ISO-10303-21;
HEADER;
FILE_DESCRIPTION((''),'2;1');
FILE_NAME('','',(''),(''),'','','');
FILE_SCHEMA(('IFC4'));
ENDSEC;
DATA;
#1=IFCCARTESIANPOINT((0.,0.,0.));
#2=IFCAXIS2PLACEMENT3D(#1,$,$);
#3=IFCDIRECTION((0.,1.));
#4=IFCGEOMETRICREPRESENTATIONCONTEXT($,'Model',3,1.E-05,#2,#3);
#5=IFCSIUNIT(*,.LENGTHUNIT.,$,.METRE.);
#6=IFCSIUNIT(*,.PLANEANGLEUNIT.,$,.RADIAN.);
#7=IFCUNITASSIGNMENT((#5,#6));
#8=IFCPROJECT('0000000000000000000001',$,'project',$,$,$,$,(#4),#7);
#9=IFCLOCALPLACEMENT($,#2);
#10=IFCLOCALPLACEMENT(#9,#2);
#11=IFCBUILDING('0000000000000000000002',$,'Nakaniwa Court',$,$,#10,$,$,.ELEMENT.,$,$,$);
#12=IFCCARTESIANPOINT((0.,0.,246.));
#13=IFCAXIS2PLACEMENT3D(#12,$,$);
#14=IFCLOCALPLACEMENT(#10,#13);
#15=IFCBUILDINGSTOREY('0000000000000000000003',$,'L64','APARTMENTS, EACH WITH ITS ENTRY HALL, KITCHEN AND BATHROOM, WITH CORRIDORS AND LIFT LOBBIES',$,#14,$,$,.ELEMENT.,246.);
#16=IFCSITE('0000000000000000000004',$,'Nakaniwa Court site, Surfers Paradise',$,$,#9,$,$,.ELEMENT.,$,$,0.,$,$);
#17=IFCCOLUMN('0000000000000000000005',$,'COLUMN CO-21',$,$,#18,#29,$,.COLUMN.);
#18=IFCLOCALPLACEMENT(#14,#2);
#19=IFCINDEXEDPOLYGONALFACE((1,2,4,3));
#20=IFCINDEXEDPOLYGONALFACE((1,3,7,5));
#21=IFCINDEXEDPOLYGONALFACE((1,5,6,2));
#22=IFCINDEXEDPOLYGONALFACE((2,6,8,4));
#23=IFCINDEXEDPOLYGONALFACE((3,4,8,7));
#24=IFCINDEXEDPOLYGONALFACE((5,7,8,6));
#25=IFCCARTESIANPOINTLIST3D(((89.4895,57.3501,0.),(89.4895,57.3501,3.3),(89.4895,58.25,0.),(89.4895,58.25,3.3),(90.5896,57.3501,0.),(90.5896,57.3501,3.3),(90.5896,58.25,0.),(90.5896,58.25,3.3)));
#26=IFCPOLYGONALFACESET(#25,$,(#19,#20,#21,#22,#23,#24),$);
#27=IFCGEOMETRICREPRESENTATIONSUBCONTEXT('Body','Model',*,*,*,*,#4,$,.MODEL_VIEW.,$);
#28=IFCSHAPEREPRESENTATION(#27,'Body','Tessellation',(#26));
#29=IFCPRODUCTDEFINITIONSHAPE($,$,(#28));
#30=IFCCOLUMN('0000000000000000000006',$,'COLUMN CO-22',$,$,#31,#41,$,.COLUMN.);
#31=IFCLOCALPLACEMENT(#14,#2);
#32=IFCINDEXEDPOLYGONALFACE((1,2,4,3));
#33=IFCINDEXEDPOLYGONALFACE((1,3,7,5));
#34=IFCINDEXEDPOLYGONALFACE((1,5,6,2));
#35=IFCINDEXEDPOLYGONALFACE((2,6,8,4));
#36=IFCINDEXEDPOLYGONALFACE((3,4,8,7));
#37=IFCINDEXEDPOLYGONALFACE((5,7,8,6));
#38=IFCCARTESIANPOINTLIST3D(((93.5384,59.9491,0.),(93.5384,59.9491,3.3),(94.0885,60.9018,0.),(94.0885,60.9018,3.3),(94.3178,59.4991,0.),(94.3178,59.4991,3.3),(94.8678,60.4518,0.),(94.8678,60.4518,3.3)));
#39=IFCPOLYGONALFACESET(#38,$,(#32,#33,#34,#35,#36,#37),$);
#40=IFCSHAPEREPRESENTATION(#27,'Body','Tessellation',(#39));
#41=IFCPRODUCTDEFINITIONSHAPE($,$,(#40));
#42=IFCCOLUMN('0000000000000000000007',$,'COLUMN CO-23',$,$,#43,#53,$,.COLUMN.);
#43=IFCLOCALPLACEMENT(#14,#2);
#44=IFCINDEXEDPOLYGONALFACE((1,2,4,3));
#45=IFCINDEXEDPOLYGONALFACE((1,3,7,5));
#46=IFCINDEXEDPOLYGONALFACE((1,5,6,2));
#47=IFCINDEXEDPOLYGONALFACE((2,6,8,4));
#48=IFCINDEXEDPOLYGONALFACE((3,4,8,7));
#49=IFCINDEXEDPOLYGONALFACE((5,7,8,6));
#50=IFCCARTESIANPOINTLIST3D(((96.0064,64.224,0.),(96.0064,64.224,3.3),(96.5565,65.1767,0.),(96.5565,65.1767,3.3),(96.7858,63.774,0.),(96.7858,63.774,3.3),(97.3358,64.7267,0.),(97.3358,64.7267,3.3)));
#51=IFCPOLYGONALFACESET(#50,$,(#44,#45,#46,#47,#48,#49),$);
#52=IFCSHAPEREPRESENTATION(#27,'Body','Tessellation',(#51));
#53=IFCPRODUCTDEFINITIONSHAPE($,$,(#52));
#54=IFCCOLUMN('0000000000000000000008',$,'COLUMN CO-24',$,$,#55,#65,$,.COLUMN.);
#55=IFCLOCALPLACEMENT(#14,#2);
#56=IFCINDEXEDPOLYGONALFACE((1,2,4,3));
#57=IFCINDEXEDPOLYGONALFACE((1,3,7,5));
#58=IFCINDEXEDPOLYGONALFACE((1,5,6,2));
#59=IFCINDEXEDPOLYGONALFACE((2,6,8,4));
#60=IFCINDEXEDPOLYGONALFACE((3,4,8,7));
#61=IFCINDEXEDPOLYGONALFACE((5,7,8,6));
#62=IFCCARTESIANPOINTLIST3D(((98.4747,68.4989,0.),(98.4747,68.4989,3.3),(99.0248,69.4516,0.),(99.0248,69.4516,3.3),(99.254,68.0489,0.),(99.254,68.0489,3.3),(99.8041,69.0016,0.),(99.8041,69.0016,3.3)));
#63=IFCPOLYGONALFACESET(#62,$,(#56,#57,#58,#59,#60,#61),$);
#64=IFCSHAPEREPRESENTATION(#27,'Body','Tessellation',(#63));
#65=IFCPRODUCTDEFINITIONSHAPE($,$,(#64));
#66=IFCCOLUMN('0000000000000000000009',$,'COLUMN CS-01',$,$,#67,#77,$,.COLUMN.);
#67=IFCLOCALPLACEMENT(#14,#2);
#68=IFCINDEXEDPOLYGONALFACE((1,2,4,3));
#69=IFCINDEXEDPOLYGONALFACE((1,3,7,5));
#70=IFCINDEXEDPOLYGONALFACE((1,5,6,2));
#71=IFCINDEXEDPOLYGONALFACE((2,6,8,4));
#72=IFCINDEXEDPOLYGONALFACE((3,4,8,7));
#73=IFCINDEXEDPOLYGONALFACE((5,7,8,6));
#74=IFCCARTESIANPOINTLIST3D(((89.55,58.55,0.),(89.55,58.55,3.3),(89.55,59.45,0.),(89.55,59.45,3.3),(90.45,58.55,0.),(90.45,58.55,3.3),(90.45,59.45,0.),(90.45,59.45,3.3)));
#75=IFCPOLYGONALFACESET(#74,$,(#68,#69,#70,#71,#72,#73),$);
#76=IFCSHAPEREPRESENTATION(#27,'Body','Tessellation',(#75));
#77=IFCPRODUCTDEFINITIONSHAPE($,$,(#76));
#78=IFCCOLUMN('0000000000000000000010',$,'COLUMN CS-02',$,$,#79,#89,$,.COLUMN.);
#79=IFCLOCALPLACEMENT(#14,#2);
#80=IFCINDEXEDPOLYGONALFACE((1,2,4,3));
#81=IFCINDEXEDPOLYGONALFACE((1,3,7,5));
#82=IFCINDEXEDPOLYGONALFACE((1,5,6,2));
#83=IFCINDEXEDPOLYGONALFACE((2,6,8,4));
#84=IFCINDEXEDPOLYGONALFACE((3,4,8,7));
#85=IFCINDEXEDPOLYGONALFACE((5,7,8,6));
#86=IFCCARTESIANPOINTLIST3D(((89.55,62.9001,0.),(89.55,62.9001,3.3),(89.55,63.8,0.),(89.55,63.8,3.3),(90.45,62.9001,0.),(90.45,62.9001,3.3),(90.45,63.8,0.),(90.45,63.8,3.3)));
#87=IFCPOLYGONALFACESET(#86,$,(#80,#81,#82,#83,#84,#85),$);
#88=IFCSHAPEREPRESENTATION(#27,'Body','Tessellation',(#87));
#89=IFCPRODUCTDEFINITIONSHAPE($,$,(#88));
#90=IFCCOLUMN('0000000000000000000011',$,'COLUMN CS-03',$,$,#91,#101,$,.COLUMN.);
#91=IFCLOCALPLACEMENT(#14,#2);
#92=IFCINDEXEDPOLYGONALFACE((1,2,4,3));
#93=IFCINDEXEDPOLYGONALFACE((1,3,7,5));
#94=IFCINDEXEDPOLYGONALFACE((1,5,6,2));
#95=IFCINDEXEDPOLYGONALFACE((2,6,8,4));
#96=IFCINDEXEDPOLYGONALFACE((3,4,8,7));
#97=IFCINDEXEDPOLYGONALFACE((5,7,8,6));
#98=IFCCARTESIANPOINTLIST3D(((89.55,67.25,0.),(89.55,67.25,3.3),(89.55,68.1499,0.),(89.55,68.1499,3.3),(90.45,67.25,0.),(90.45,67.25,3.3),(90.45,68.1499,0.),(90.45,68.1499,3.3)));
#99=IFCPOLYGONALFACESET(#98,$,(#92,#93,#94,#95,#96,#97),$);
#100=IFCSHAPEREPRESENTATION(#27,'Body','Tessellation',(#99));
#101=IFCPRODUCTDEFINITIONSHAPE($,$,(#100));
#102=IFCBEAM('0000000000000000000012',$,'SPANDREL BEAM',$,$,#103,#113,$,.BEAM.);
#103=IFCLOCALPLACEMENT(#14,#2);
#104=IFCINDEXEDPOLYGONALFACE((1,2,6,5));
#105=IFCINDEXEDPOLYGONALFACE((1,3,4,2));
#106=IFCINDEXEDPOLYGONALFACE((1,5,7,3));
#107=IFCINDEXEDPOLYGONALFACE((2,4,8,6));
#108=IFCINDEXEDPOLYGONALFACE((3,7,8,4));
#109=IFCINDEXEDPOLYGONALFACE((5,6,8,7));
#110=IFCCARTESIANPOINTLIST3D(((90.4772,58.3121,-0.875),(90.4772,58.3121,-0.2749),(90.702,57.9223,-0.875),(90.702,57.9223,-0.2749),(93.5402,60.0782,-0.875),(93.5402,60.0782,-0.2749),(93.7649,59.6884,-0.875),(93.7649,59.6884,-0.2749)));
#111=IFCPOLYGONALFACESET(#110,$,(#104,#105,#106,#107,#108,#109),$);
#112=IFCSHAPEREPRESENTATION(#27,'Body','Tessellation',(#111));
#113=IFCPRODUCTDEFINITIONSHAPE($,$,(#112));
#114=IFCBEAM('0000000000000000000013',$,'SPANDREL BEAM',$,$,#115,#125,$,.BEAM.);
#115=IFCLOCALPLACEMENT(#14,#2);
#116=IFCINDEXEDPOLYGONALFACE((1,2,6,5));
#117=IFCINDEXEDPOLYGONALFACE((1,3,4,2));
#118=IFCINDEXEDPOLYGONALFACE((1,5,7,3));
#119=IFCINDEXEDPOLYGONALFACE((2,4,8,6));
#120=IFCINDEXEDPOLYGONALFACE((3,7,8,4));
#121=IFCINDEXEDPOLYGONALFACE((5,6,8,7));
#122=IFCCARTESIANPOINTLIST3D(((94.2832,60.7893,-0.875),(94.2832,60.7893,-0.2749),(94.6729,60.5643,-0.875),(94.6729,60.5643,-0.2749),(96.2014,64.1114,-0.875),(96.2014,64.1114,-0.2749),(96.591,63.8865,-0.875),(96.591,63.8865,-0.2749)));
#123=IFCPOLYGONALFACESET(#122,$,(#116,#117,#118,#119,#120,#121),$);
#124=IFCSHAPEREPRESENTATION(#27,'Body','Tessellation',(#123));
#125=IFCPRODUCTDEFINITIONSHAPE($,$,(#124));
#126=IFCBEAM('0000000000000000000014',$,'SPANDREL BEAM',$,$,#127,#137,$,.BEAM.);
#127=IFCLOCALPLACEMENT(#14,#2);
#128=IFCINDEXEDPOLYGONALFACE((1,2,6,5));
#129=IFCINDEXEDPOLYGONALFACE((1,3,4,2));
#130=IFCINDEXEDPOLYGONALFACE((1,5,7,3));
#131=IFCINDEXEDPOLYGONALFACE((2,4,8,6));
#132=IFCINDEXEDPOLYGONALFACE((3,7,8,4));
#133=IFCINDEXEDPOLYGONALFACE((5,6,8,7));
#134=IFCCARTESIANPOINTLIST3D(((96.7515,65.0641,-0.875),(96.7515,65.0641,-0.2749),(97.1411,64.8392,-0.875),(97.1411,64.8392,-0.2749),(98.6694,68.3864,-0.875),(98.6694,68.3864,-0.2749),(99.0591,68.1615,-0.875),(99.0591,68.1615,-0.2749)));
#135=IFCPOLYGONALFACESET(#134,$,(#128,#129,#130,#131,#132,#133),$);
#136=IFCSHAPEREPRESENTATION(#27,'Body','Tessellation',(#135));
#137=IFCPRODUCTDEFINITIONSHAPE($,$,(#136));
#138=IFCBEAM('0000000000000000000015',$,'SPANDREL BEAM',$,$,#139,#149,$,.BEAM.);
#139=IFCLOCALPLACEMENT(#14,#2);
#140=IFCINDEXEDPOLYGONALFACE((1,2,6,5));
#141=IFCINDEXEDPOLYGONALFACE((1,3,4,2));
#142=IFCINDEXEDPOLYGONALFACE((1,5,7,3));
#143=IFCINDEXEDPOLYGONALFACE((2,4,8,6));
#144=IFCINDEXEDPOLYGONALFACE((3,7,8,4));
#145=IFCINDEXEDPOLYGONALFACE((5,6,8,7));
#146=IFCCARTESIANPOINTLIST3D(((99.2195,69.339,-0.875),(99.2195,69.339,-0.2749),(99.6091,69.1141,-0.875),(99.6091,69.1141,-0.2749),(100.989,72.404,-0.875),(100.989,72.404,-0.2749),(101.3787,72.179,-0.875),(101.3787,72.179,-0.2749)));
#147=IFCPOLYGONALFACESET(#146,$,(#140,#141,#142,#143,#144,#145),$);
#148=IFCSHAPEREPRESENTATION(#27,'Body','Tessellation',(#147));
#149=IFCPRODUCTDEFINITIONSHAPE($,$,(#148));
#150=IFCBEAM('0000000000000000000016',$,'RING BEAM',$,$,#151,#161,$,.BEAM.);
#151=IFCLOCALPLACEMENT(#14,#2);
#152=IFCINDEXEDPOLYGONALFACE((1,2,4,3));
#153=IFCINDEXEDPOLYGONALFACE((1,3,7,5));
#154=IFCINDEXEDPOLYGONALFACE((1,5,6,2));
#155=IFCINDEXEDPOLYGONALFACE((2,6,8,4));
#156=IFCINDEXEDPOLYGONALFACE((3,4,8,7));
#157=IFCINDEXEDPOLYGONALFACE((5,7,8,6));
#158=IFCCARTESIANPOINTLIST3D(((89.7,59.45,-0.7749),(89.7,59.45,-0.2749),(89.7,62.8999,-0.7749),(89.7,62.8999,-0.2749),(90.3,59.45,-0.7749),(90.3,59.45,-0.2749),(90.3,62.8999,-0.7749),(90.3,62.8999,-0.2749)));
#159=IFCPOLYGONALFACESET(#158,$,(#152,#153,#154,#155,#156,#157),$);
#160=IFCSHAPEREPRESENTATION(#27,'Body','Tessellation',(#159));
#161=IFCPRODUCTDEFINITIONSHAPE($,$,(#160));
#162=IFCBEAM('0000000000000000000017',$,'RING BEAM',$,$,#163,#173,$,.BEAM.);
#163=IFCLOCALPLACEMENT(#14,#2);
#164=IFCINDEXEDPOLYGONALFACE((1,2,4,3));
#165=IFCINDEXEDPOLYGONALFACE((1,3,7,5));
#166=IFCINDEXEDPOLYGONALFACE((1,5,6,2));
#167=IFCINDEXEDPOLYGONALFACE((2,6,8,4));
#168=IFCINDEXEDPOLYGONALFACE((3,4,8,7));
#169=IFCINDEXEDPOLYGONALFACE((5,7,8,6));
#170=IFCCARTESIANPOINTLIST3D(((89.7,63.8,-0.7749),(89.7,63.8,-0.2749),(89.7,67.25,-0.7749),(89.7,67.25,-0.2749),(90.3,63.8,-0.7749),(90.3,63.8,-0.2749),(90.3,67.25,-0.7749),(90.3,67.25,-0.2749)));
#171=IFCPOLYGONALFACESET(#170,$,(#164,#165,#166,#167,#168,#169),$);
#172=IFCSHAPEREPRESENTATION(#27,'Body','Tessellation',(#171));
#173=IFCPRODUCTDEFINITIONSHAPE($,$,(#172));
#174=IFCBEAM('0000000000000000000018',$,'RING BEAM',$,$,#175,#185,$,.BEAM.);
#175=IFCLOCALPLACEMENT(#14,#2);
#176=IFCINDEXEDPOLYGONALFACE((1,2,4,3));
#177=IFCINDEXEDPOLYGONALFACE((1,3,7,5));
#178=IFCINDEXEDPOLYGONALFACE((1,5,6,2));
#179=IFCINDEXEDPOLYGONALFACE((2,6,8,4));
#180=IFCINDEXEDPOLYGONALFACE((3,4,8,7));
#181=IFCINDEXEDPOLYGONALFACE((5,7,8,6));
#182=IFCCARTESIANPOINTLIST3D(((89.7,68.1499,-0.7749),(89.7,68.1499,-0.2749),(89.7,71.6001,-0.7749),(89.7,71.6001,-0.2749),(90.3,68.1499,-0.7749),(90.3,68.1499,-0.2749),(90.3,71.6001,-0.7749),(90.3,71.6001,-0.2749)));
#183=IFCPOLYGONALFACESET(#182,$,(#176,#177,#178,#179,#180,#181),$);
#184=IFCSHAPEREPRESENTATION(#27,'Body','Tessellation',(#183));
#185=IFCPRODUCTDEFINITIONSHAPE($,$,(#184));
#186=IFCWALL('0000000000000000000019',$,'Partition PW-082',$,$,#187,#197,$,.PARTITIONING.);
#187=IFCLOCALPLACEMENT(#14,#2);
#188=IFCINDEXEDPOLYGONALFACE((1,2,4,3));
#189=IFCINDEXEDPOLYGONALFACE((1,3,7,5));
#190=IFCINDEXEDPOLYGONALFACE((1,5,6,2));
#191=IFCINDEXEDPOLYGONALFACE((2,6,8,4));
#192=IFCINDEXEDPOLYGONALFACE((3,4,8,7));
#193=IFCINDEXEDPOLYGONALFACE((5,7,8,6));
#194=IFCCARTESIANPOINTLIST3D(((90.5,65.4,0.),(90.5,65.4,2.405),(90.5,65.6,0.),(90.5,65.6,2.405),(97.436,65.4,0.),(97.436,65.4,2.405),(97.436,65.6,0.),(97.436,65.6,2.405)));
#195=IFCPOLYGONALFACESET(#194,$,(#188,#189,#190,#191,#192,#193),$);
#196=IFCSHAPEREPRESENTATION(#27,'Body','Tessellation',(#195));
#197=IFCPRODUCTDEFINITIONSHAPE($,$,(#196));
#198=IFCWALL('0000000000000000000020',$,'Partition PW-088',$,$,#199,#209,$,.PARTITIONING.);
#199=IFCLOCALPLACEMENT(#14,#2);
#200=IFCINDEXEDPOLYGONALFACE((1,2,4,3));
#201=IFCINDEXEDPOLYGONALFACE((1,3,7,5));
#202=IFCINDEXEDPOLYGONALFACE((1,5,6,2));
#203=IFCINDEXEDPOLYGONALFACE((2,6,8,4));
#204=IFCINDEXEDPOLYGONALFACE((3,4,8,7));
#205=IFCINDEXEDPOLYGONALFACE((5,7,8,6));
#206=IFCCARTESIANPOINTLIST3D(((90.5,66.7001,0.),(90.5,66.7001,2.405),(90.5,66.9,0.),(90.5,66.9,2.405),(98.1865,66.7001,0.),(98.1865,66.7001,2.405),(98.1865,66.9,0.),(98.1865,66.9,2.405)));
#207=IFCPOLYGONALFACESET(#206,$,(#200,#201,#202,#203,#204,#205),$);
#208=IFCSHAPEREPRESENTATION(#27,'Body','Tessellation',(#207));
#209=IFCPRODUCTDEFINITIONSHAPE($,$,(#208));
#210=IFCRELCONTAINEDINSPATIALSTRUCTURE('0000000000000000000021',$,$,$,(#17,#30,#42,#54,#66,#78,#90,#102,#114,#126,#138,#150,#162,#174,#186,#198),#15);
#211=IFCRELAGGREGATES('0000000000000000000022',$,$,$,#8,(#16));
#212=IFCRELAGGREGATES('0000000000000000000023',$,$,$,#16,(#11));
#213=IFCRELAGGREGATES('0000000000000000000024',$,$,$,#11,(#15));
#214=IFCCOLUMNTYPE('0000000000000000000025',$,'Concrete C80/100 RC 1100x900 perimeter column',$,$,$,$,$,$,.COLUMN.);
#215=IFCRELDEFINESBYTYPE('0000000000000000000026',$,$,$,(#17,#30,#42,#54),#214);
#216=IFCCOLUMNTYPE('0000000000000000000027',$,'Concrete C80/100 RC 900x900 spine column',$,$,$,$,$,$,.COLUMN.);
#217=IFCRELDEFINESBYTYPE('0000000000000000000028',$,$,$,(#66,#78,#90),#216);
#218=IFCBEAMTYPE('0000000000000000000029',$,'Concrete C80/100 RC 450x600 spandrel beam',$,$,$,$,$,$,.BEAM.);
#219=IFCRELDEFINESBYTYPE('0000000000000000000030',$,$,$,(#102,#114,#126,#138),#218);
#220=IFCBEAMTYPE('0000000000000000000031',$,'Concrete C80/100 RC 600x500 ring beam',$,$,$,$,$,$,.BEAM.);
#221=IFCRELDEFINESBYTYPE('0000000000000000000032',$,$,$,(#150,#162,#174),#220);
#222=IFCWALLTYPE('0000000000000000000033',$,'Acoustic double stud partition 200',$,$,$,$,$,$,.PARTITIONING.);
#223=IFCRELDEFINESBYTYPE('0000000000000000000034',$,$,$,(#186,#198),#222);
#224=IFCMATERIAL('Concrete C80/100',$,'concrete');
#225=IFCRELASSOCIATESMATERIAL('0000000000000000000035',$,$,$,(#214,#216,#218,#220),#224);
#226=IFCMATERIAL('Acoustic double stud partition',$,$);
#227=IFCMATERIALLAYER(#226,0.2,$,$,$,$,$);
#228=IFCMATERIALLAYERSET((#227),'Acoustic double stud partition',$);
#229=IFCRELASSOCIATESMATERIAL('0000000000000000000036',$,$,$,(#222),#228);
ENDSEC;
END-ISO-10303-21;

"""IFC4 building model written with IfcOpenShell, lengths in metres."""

from ifc_helpers import new_model, si_unit, direction, frame, frame_2d, origin, origin_2d, place, context, subcontext, project, spatial, rectangle, extrude, material, layer, layer_set, material_profile, profile_set, type_object, element, save


model = new_model("IFC4")

# Units and contexts
model_context = context("Model", 3, precision=1e-05, world=origin(), true_north=direction((0.0, 1.0)))
body_context = subcontext(model_context, "Body", "Model", "MODEL_VIEW")
ifc_project = project(units=[si_unit("LENGTHUNIT", "METRE"), si_unit("PLANEANGLEUNIT", "RADIAN")], contexts=[model_context])

# Site, building, storey
site_placement = place(None, origin())
site = spatial("IfcSite", under=ifc_project, at=site_placement, Name="Nakaniwa Court site, Surfers Paradise", CompositionType="ELEMENT", RefElevation=0.0)
building_placement = place(site_placement, origin())
building = spatial("IfcBuilding", under=site, at=building_placement, Name="Nakaniwa Court", CompositionType="ELEMENT")
storey_placement = place(building_placement, frame((0.0, 0.0, 246.0)))
storey = spatial("IfcBuildingStorey", under=building, at=storey_placement, Name="L64", Description="APARTMENTS, EACH WITH ITS ENTRY HALL, KITCHEN AND BATHROOM, WITH CORRIDORS AND LIFT LOBBIES", CompositionType="ELEMENT", Elevation=246.0)

# Columns
ifc_material_1 = material(Name="Concrete C80/100", Category="concrete")
ifc_material_profile_1 = material_profile(ifc_material_1, rectangle(XDim=1.1001, YDim=0.8999, at=origin_2d()), Name="Concrete C80/100 RC 1100x900 perimeter column")
ifc_profile_set_1 = profile_set([ifc_material_profile_1], Name="Concrete C80/100")
column_type_1 = type_object("IfcColumnType", Name="Concrete C80/100 RC 1100x900 perimeter column", PredefinedType="COLUMN", material=ifc_profile_set_1)
for number, where, z_axis, x_axis, name in (
    (1, (90.0396, 57.8, 0.0), (0.0, 0.0, 1.0), (1.0, 0.0, 0.0), "COLUMN CO-21"),
    (2, (94.2031, 60.2004, 0.0), (0.0, 0.0, 1.0), (0.5, 0.866025, 0.0), "COLUMN CO-22"),
    (3, (96.6711, 64.4753, 0.0), (0.0, 0.0, 1.0), (0.5, 0.866025, 0.0), "COLUMN CO-23"),
    (4, (99.1394, 68.7502, 0.0), (0.0, 0.0, 1.0), (0.5, 0.866025, 0.0), "COLUMN CO-24"),
):
    element("IfcColumn", number, at=place(storey_placement, frame(where, z_axis=z_axis, x_axis=x_axis)), inside=storey, type_object=column_type_1, Name=name, PredefinedType="COLUMN", context=body_context, shape_type="SweptSolid", body=[
        extrude(rectangle(XDim=1.1001, YDim=0.8999, at=origin_2d()), origin(), (0.0, 0.0, 1.0), 3.3),
    ])
ifc_material_profile_2 = material_profile(ifc_material_1, rectangle(XDim=0.8999, YDim=0.8999, at=origin_2d()), Name="Concrete C80/100 RC 900x900 spine column")
ifc_profile_set_2 = profile_set([ifc_material_profile_2], Name="Concrete C80/100")
column_type_2 = type_object("IfcColumnType", Name="Concrete C80/100 RC 900x900 spine column", PredefinedType="COLUMN", material=ifc_profile_set_2)
for number, where, z_axis, x_axis, name in (
    (5, (90.0, 59.0, 0.0), (0.0, 0.0, 1.0), (0.0, 1.0, 0.0), "COLUMN CS-01"),
    (6, (90.0, 63.3501, 0.0), (0.0, 0.0, 1.0), (0.0, 1.0, 0.0), "COLUMN CS-02"),
    (7, (90.0, 67.7, 0.0), (0.0, 0.0, 1.0), (0.0, 1.0, 0.0), "COLUMN CS-03"),
):
    element("IfcColumn", number, at=place(storey_placement, frame(where, z_axis=z_axis, x_axis=x_axis)), inside=storey, type_object=column_type_2, Name=name, PredefinedType="COLUMN", context=body_context, shape_type="SweptSolid", body=[
        extrude(rectangle(XDim=0.8999, YDim=0.8999, at=origin_2d()), origin(), (0.0, 0.0, 1.0), 3.3),
    ])

# Beams
ifc_material_profile_3 = material_profile(ifc_material_1, rectangle(XDim=0.45, YDim=0.6001, at=origin_2d()), Name="Concrete C80/100 RC 450x600 spandrel beam")
ifc_profile_set_3 = profile_set([ifc_material_profile_3], Name="Concrete C80/100")
beam_type_1 = type_object("IfcBeamType", Name="Concrete C80/100 RC 450x600 spandrel beam", PredefinedType="BEAM", material=ifc_profile_set_3)
beam_1_placement = place(storey_placement, frame((90.5896, 58.1172, -0.575), z_axis=(0.866307, 0.499511, 0.0), x_axis=(-0.499511, 0.866307, 0.0)))
element("IfcBeam", 8, at=beam_1_placement, inside=storey, type_object=beam_type_1, Name="SPANDREL BEAM", PredefinedType="BEAM", context=body_context, shape_type="SweptSolid", body=[
    extrude(rectangle(XDim=0.45, YDim=0.6001, at=origin_2d()), origin(), (0.0, 0.0, 1.0), 3.5356),
])
for number, where, z_axis, x_axis, name in (
    (9, (94.478, 60.6768, -0.575), (0.50002, 0.866014, 0.0), (-0.866014, 0.50002, 0.0), "SPANDREL BEAM"),
    (10, (96.9463, 64.9517, -0.575), (0.499972, 0.866041, 0.0), (-0.866041, 0.499972, 0.0), "SPANDREL BEAM"),
):
    element("IfcBeam", number, at=place(storey_placement, frame(where, z_axis=z_axis, x_axis=x_axis)), inside=storey, type_object=beam_type_1, Name=name, PredefinedType="BEAM", context=body_context, shape_type="SweptSolid", body=[
        extrude(rectangle(XDim=0.45, YDim=0.6001, at=origin_2d()), origin(), (0.0, 0.0, 1.0), 3.8362),
    ])
beam_2_placement = place(storey_placement, frame((99.4143, 69.2266, -0.575), z_axis=(0.499997, 0.866027, 0.0), x_axis=(-0.866027, 0.499997, 0.0)))
element("IfcBeam", 11, at=beam_2_placement, inside=storey, type_object=beam_type_1, Name="SPANDREL BEAM", PredefinedType="BEAM", context=body_context, shape_type="SweptSolid", body=[
    extrude(rectangle(XDim=0.45, YDim=0.6001, at=origin_2d()), origin(), (0.0, 0.0, 1.0), 3.5391),
])
ifc_material_profile_4 = material_profile(ifc_material_1, rectangle(XDim=0.6001, YDim=0.5, at=origin_2d()), Name="Concrete C80/100 RC 600x500 ring beam")
ifc_profile_set_4 = profile_set([ifc_material_profile_4], Name="Concrete C80/100")
beam_type_2 = type_object("IfcBeamType", Name="Concrete C80/100 RC 600x500 ring beam", PredefinedType="BEAM", material=ifc_profile_set_4)
for number, where, z_axis, x_axis, name in (
    (12, (90.0, 59.45, -0.5249), (0.0, 1.0, 0.0), (-1.0, 0.0, 0.0), "RING BEAM"),
    (13, (90.0, 63.8, -0.5249), (0.0, 1.0, 0.0), (-1.0, 0.0, 0.0), "RING BEAM"),
):
    element("IfcBeam", number, at=place(storey_placement, frame(where, z_axis=z_axis, x_axis=x_axis)), inside=storey, type_object=beam_type_2, Name=name, PredefinedType="BEAM", context=body_context, shape_type="SweptSolid", body=[
        extrude(rectangle(XDim=0.6001, YDim=0.5, at=origin_2d()), origin(), (0.0, 0.0, 1.0), 3.45),
    ])
beam_3_placement = place(storey_placement, frame((90.0, 68.1499, -0.5249), z_axis=(0.0, 1.0, 0.0), x_axis=(-1.0, 0.0, 0.0)))
element("IfcBeam", 14, at=beam_3_placement, inside=storey, type_object=beam_type_2, Name="RING BEAM", PredefinedType="BEAM", context=body_context, shape_type="SweptSolid", body=[
    extrude(rectangle(XDim=0.6001, YDim=0.5, at=origin_2d()), origin(), (0.0, 0.0, 1.0), 3.4502),
])

# Walls
ifc_material_2 = material(Name="Acoustic double stud partition")
ifc_layer_1 = layer(ifc_material_2, 0.2)
ifc_layer_set_1 = layer_set([ifc_layer_1], Name="Acoustic double stud partition")
wall_type_1 = type_object("IfcWallType", Name="Acoustic double stud partition 200", PredefinedType="PARTITIONING", material=ifc_layer_set_1)
wall_1_placement = place(storey_placement, frame((90.5, 65.5, 0.0), z_axis=(0.0, 0.0, 1.0), x_axis=(1.0, 0.0, 0.0)))
element("IfcWall", 15, at=wall_1_placement, inside=storey, type_object=wall_type_1, Name="Partition PW-082", PredefinedType="PARTITIONING", context=body_context, shape_type="SweptSolid", body=[
    extrude(rectangle(XDim=6.936, YDim=0.2, at=frame_2d((3.468, 0.0))), origin(), (0.0, 0.0, 1.0), 2.405),
])
wall_2_placement = place(storey_placement, frame((90.5, 66.8, 0.0), z_axis=(0.0, 0.0, 1.0), x_axis=(1.0, 0.0, 0.0)))
element("IfcWall", 16, at=wall_2_placement, inside=storey, type_object=wall_type_1, Name="Partition PW-088", PredefinedType="PARTITIONING", context=body_context, shape_type="SweptSolid", body=[
    extrude(rectangle(XDim=7.6865, YDim=0.2, at=frame_2d((3.8433, 0.0))), origin(), (0.0, 0.0, 1.0), 2.405),
])

save(model, "model.ifc")
